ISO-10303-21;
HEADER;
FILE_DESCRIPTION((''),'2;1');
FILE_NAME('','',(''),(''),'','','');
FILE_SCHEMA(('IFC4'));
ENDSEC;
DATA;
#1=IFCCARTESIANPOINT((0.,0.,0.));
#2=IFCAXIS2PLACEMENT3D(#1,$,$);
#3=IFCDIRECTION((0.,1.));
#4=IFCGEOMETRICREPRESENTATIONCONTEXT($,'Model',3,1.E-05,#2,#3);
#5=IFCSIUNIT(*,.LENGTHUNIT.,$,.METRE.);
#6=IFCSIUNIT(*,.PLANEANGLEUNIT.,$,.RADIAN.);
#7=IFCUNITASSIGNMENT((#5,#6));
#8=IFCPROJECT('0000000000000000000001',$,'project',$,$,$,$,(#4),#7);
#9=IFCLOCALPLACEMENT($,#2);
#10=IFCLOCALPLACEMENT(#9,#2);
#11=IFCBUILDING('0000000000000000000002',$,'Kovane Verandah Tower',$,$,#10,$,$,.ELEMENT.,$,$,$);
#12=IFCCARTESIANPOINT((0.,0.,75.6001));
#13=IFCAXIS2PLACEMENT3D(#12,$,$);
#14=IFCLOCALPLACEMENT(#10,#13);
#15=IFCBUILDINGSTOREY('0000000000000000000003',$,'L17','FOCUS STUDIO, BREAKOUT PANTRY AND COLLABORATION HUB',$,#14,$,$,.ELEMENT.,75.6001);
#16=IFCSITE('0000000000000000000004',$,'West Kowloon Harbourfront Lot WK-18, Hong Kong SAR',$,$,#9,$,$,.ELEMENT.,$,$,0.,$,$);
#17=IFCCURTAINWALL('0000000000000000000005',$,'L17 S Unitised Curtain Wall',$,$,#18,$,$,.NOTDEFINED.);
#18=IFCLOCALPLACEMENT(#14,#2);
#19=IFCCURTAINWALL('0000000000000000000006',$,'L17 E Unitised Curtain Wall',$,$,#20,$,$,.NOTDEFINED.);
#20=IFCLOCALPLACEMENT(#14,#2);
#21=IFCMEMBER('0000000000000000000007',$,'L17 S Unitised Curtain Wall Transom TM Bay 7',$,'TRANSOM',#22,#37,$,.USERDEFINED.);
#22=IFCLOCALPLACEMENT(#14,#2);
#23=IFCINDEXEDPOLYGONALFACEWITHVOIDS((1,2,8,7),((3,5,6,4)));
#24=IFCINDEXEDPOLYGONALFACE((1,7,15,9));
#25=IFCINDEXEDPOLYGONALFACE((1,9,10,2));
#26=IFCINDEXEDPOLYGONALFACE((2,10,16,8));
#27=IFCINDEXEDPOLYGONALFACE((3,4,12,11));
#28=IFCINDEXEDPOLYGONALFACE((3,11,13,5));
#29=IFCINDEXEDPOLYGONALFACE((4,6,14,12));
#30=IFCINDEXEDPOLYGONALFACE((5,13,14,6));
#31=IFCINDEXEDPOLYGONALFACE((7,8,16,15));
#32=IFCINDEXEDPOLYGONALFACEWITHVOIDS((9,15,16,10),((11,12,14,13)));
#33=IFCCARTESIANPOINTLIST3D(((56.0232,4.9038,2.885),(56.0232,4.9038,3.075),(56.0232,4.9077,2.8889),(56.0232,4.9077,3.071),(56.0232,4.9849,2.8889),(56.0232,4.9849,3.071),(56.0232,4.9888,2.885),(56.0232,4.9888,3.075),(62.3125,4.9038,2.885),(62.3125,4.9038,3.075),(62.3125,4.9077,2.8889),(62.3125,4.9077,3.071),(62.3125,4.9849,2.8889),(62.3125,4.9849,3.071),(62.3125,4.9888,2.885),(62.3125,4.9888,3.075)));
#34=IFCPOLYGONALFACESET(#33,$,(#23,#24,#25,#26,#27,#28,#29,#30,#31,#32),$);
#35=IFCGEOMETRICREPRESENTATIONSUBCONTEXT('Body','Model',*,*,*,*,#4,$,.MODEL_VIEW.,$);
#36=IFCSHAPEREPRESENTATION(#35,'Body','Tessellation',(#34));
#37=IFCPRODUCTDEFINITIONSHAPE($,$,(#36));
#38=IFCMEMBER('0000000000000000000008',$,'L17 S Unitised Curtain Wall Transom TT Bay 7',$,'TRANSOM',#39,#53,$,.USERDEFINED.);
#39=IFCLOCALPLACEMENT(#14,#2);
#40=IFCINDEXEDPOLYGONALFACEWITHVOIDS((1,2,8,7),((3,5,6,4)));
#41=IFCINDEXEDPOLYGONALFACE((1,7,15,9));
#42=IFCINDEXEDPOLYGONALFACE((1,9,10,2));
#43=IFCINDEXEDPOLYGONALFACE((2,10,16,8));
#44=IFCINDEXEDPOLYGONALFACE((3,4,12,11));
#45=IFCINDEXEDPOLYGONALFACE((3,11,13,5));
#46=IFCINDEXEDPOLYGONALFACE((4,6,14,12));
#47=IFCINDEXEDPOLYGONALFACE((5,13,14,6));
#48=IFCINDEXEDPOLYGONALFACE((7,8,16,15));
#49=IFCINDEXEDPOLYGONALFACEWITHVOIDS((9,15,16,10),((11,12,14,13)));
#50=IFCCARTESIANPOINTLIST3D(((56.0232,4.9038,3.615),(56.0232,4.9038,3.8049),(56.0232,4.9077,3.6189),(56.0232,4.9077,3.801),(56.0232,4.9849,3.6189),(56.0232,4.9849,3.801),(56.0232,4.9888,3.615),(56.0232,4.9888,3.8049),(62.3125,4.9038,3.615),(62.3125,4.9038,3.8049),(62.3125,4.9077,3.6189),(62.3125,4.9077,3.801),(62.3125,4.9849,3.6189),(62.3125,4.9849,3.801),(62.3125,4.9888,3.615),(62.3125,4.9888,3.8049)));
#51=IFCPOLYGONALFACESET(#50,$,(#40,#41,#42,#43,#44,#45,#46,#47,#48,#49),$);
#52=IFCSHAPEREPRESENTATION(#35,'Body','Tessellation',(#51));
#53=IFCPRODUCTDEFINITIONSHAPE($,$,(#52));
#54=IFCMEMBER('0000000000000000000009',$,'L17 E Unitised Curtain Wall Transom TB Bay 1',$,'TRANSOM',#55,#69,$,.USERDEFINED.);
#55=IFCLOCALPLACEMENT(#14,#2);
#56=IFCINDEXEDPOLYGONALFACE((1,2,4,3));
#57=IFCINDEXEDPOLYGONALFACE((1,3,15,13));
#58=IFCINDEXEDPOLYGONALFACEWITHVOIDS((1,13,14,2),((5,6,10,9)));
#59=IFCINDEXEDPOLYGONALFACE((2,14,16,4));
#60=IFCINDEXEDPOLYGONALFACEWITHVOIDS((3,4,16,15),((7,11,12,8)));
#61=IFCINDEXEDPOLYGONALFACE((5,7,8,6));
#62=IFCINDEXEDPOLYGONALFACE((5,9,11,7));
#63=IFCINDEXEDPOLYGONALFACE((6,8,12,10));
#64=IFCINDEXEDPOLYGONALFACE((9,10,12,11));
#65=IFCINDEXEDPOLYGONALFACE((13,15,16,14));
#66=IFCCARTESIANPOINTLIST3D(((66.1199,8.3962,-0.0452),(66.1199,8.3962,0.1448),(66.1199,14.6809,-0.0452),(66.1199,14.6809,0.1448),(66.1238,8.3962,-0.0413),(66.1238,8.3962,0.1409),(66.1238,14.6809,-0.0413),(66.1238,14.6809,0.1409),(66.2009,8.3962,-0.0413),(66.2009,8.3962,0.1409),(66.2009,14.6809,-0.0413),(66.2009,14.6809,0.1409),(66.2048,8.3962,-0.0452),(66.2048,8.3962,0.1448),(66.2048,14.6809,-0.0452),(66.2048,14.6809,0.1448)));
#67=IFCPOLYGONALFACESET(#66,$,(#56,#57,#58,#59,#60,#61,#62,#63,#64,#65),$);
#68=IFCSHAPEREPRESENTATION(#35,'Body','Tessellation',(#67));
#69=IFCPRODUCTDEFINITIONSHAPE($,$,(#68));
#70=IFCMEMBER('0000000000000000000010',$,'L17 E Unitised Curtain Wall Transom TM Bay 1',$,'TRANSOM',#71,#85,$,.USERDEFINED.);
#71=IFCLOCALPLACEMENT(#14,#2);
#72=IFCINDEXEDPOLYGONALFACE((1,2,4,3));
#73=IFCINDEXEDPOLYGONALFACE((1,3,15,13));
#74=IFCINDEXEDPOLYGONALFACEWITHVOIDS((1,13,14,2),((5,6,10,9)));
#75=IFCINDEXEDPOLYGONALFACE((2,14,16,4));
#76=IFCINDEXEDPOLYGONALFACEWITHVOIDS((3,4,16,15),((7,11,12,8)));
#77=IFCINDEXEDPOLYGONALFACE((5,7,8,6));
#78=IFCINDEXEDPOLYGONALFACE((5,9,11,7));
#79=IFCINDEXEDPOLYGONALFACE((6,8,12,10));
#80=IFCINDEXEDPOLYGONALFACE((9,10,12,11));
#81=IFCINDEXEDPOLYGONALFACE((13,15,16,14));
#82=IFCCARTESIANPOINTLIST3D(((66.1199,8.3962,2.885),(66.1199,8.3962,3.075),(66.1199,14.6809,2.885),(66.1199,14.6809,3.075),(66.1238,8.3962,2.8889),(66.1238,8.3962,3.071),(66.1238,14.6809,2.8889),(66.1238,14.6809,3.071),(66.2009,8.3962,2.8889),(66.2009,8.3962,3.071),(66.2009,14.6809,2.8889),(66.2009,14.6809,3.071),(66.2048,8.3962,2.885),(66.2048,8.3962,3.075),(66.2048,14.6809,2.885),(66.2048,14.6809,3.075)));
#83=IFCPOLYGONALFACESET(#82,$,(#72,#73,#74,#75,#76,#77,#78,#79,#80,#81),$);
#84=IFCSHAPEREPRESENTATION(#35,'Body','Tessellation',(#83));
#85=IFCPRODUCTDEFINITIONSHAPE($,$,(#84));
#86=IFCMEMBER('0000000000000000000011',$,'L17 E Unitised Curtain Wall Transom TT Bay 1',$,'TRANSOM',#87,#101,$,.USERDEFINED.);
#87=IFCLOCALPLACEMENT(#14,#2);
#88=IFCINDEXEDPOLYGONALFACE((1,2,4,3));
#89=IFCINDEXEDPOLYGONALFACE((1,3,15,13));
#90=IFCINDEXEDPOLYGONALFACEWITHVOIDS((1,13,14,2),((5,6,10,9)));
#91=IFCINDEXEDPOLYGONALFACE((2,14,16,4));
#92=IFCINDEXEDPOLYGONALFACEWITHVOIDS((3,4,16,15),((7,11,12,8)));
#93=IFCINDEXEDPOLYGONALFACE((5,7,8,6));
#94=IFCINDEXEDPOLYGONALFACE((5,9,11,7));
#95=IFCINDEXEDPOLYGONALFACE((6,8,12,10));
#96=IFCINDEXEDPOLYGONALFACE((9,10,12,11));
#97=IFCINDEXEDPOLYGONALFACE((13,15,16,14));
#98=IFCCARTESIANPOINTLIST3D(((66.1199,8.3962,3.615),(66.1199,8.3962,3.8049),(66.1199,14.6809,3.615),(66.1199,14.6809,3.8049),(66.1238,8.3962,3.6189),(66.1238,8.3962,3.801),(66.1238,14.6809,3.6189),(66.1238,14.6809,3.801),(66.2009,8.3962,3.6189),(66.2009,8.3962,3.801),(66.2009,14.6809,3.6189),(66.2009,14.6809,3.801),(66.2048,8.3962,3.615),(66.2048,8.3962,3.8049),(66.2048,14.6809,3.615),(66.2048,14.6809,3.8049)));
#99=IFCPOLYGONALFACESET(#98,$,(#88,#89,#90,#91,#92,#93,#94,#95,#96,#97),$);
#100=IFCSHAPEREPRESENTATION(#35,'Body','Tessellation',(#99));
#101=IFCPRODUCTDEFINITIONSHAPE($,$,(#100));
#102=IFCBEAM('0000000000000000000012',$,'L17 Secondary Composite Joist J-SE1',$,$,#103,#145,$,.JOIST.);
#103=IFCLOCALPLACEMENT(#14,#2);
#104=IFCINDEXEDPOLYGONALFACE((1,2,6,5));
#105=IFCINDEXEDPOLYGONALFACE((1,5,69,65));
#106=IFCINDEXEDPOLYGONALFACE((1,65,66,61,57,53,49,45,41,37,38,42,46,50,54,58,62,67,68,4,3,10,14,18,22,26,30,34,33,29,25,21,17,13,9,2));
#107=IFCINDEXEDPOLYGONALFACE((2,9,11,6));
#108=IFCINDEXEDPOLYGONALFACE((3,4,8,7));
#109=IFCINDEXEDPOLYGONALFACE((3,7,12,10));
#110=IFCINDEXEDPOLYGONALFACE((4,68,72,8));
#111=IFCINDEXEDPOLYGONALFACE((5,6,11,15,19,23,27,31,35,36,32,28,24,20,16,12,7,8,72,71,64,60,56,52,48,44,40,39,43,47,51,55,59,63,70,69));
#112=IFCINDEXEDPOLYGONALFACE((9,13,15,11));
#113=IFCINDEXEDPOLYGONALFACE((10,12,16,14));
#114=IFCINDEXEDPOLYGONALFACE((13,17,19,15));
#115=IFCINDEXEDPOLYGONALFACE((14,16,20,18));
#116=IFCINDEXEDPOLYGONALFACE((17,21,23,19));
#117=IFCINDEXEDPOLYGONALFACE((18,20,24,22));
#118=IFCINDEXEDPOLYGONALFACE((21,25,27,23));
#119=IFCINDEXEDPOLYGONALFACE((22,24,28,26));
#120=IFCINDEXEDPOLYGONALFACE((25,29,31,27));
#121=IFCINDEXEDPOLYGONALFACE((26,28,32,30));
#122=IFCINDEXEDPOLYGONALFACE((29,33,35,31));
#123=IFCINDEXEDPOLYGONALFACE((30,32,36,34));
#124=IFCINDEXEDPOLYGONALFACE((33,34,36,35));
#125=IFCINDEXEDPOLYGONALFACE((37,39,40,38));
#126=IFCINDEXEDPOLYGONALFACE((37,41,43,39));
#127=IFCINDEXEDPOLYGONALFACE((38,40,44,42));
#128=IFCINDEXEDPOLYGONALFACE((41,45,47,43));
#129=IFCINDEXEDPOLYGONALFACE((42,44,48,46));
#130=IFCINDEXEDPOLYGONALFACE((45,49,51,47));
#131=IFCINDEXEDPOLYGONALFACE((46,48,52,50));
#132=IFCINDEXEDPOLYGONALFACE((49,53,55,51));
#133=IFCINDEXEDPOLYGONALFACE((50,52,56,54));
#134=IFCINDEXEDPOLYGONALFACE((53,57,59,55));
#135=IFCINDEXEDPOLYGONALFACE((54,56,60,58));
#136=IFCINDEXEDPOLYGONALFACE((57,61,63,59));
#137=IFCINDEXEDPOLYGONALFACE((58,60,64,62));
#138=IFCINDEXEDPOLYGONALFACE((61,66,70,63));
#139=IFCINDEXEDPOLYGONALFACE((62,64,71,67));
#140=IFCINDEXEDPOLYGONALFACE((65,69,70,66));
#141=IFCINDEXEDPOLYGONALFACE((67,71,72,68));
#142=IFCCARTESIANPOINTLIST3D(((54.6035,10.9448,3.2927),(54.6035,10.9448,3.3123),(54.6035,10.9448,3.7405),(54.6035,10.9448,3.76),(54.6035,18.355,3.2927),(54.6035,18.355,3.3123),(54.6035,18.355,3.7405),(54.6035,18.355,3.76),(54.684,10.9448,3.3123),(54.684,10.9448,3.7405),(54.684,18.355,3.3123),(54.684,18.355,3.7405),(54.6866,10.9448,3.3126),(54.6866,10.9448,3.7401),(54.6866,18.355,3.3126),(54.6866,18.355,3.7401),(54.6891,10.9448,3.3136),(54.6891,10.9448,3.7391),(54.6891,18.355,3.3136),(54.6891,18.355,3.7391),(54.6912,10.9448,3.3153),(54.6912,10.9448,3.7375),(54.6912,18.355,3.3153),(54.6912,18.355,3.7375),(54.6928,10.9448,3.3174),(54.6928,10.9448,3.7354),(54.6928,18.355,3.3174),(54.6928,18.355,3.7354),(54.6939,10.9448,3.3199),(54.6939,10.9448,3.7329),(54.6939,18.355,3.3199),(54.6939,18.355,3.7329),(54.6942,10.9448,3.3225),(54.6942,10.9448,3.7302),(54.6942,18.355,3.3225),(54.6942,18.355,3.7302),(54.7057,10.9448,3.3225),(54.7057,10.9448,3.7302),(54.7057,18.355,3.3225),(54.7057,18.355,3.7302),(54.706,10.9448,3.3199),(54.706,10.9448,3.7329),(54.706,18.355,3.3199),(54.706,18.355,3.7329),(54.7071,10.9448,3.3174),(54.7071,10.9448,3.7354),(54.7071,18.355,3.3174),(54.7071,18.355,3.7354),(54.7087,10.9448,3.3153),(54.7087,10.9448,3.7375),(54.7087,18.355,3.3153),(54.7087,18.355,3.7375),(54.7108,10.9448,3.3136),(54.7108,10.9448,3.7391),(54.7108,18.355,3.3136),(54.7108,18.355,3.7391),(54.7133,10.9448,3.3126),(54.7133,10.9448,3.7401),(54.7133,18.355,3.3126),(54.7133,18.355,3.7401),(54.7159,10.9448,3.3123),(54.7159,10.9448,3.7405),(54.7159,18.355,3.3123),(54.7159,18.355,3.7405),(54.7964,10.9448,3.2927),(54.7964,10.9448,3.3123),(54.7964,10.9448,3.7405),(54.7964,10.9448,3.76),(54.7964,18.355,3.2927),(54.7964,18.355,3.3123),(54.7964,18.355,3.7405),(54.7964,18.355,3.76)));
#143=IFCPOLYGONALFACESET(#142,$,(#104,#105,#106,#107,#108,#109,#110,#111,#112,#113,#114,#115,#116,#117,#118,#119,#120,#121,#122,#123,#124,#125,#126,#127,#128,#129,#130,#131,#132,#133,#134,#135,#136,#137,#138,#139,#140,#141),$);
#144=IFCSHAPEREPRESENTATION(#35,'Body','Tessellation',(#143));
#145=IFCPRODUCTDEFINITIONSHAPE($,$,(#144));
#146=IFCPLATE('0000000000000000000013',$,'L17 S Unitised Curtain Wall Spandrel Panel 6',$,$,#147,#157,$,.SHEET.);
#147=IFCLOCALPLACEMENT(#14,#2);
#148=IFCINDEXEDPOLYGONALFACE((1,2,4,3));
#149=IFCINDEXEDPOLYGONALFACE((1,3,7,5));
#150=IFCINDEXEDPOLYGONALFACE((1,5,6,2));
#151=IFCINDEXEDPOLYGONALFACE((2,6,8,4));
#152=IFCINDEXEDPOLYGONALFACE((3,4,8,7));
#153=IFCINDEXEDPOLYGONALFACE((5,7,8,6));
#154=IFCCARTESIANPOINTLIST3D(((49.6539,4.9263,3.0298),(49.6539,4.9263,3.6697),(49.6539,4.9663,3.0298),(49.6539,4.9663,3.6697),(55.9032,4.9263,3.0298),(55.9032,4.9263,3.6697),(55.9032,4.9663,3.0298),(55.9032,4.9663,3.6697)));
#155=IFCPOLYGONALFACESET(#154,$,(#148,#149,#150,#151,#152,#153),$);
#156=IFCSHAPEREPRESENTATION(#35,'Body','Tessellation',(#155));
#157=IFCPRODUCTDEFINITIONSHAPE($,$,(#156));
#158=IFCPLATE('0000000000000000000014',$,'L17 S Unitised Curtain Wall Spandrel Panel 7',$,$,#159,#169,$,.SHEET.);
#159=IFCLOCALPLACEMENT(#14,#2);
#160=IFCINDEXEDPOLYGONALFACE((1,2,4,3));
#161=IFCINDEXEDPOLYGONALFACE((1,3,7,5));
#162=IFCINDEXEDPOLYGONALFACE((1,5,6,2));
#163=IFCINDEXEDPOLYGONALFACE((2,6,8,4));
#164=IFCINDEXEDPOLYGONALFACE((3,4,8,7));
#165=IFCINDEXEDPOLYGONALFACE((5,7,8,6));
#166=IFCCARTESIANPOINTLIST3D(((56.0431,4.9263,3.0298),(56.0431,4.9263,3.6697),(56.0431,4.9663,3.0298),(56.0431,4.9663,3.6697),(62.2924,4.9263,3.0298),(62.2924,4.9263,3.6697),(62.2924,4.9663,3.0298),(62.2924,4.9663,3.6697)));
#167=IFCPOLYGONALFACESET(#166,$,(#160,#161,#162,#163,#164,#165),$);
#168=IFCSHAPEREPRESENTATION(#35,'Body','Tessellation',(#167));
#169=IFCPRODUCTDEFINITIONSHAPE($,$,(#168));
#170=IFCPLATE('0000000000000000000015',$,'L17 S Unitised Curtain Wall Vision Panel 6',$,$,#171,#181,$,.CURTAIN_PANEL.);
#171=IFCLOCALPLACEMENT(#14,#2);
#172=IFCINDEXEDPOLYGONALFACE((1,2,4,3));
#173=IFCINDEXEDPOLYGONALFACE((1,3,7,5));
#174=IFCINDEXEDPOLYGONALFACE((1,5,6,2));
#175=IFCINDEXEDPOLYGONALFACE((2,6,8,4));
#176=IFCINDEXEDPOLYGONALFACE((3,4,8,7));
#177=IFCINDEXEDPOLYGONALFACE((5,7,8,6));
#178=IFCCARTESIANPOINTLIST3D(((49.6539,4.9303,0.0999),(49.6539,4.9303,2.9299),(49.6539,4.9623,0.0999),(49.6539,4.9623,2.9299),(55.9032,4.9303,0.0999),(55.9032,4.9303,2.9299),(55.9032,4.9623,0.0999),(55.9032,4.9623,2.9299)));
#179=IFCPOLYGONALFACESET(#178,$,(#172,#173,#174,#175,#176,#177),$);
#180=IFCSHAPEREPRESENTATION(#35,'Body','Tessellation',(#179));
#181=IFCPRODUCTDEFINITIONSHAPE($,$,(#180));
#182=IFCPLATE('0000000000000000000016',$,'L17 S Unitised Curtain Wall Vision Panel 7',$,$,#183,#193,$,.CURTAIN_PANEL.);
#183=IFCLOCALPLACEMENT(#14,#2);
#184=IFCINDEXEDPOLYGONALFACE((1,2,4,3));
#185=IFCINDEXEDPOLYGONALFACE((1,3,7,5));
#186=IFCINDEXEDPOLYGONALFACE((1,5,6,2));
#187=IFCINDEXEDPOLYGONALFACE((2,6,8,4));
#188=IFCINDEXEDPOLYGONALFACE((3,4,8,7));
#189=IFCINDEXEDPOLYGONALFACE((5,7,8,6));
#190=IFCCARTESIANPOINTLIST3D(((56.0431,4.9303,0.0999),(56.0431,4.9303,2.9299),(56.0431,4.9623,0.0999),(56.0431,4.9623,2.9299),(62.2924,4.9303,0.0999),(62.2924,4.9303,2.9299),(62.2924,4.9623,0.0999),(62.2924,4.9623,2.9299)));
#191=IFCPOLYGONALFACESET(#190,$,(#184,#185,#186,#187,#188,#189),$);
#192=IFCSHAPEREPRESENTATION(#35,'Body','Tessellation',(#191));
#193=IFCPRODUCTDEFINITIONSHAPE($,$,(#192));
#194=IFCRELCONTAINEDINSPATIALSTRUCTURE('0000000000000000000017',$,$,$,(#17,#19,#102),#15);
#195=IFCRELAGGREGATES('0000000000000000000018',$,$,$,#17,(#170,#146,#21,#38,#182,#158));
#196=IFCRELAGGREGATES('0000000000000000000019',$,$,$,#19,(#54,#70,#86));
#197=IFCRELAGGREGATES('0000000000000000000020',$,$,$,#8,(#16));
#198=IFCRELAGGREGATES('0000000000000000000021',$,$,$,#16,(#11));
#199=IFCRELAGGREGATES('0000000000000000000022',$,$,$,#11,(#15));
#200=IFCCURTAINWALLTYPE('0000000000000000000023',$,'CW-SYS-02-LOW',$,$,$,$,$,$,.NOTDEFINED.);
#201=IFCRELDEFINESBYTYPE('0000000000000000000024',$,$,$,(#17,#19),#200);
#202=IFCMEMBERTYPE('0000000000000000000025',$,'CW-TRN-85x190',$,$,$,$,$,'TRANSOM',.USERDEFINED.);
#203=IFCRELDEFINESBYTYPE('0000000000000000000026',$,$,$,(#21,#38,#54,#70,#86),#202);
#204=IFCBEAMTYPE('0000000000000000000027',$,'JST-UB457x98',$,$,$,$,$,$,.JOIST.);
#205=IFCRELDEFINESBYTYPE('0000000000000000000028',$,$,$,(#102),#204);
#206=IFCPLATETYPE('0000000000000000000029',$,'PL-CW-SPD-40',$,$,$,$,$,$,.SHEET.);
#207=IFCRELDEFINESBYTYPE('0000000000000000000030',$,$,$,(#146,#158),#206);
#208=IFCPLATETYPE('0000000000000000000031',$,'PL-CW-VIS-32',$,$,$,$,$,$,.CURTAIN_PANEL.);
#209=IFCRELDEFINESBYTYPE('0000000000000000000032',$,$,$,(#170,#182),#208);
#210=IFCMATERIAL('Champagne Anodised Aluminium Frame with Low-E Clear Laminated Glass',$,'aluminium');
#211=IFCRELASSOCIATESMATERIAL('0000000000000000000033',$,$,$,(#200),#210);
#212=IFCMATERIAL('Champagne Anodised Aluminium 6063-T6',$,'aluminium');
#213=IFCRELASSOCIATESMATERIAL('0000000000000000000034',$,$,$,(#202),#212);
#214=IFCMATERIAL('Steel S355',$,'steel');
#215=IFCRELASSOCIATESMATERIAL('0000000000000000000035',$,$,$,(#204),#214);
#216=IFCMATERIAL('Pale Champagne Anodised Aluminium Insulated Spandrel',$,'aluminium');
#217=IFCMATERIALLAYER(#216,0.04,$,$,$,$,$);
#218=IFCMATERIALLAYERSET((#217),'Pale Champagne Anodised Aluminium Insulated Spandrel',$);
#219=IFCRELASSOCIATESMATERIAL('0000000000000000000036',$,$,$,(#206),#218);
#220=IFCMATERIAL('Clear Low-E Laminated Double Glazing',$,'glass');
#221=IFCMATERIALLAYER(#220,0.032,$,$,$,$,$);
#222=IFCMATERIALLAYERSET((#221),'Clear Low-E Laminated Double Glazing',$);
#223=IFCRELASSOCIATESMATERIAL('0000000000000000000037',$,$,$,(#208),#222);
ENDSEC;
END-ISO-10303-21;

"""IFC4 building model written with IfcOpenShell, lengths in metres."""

from ifc_helpers import new_model, si_unit, direction, frame, origin, origin_2d, place, context, subcontext, project, spatial, rectangle, hollow_rectangle, i_section, extrude, material, layer, layer_set, material_profile, profile_set, type_object, element, aggregate, save


model = new_model("IFC4")

# Units and contexts
model_context = context("Model", 3, precision=1e-05, world=origin(), true_north=direction((0.0, 1.0)))
body_context = subcontext(model_context, "Body", "Model", "MODEL_VIEW")
ifc_project = project(units=[si_unit("LENGTHUNIT", "METRE"), si_unit("PLANEANGLEUNIT", "RADIAN")], contexts=[model_context])

# Site, building, storey
site_placement = place(None, origin())
site = spatial("IfcSite", under=ifc_project, at=site_placement, Name="West Kowloon Harbourfront Lot WK-18, Hong Kong SAR", CompositionType="ELEMENT", RefElevation=0.0)
building_placement = place(site_placement, origin())
building = spatial("IfcBuilding", under=site, at=building_placement, Name="Kovane Verandah Tower", CompositionType="ELEMENT")
storey_placement = place(building_placement, frame((0.0, 0.0, 75.6001)))
storey = spatial("IfcBuildingStorey", under=building, at=storey_placement, Name="L17", Description="FOCUS STUDIO, BREAKOUT PANTRY AND COLLABORATION HUB", CompositionType="ELEMENT", Elevation=75.6001)

# Shared definitions
ifc_material_1 = material(Name="Steel S355", Category="steel")

# Curtain wall
ifc_material_2 = material(Name="Champagne Anodised Aluminium Frame with Low-E Clear Laminated Glass", Category="aluminium")
curtain_wall_type = type_object("IfcCurtainWallType", Name="CW-SYS-02-LOW", PredefinedType="NOTDEFINED", material=ifc_material_2)
curtain_wall_1_placement = place(storey_placement, origin())
curtain_wall_1 = element("IfcCurtainWall", 1, at=curtain_wall_1_placement, inside=storey, type_object=curtain_wall_type, Name="L17 S Unitised Curtain Wall", PredefinedType="NOTDEFINED")
ifc_material_3 = material(Name="Champagne Anodised Aluminium 6063-T6", Category="aluminium")

# Curtain wall
curtain_wall_2_placement = place(storey_placement, origin())
curtain_wall_2 = element("IfcCurtainWall", 2, at=curtain_wall_2_placement, inside=storey, type_object=curtain_wall_type, Name="L17 E Unitised Curtain Wall", PredefinedType="NOTDEFINED")

# Members
ifc_material_profile_1 = material_profile(ifc_material_3, hollow_rectangle(XDim=0.085, YDim=0.1899, WallThickness=0.0039, at=origin_2d()), Name="AL85x190x4")
ifc_profile_set_1 = profile_set([ifc_material_profile_1], Name="Champagne Anodised Aluminium 6063-T6")
member_type_1 = type_object("IfcMemberType", Name="CW-TRN-85x190", ElementType="TRANSOM", PredefinedType="USERDEFINED", material=ifc_profile_set_1)
member_1_placement = place(storey_placement, frame((56.0232, 4.9463, 2.98), z_axis=(1.0, 0.0, 0.0), x_axis=(0.0, 1.0, 0.0)))
member_1 = element("IfcMember", 3, at=member_1_placement, type_object=member_type_1, Name="L17 S Unitised Curtain Wall Transom TM Bay 7", ObjectType="TRANSOM", PredefinedType="USERDEFINED", context=body_context, shape_type="SweptSolid", body=[
    extrude(hollow_rectangle(XDim=0.085, YDim=0.1899, WallThickness=0.0039, at=origin_2d()), origin(), (0.0, 0.0, 1.0), 6.2893),
])
member_2_placement = place(storey_placement, frame((56.0232, 4.9463, 3.71), z_axis=(1.0, 0.0, 0.0), x_axis=(0.0, 1.0, 0.0)))
member_2 = element("IfcMember", 4, at=member_2_placement, type_object=member_type_1, Name="L17 S Unitised Curtain Wall Transom TT Bay 7", ObjectType="TRANSOM", PredefinedType="USERDEFINED", context=body_context, shape_type="SweptSolid", body=[
    extrude(hollow_rectangle(XDim=0.085, YDim=0.1899, WallThickness=0.0039, at=origin_2d()), origin(), (0.0, 0.0, 1.0), 6.2893),
])
member_3_placement = place(storey_placement, frame((66.1624, 8.3962, 0.0498), z_axis=(0.0, 1.0, 0.0), x_axis=(-1.0, 0.0, 0.0)))
member_3 = element("IfcMember", 5, at=member_3_placement, type_object=member_type_1, Name="L17 E Unitised Curtain Wall Transom TB Bay 1", ObjectType="TRANSOM", PredefinedType="USERDEFINED", context=body_context, shape_type="SweptSolid", body=[
    extrude(hollow_rectangle(XDim=0.085, YDim=0.1899, WallThickness=0.0039, at=origin_2d()), origin(), (0.0, 0.0, 1.0), 6.2847),
])
member_4_placement = place(storey_placement, frame((66.1624, 8.3962, 2.98), z_axis=(0.0, 1.0, 0.0), x_axis=(-1.0, 0.0, 0.0)))
member_4 = element("IfcMember", 6, at=member_4_placement, type_object=member_type_1, Name="L17 E Unitised Curtain Wall Transom TM Bay 1", ObjectType="TRANSOM", PredefinedType="USERDEFINED", context=body_context, shape_type="SweptSolid", body=[
    extrude(hollow_rectangle(XDim=0.085, YDim=0.1899, WallThickness=0.0039, at=origin_2d()), origin(), (0.0, 0.0, 1.0), 6.2847),
])
member_5_placement = place(storey_placement, frame((66.1624, 8.3962, 3.71), z_axis=(0.0, 1.0, 0.0), x_axis=(-1.0, 0.0, 0.0)))
member_5 = element("IfcMember", 7, at=member_5_placement, type_object=member_type_1, Name="L17 E Unitised Curtain Wall Transom TT Bay 1", ObjectType="TRANSOM", PredefinedType="USERDEFINED", context=body_context, shape_type="SweptSolid", body=[
    extrude(hollow_rectangle(XDim=0.085, YDim=0.1899, WallThickness=0.0039, at=origin_2d()), origin(), (0.0, 0.0, 1.0), 6.2847),
])

# Beam
ifc_material_profile_2 = material_profile(ifc_material_1, i_section(OverallWidth=0.1929, OverallDepth=0.4673, WebThickness=0.0115, FlangeThickness=0.0195, FilletRadius=0.0103, at=origin_2d()), Name="UB457x191x98")
ifc_profile_set_2 = profile_set([ifc_material_profile_2], Name="Steel S355")
beam_type_1 = type_object("IfcBeamType", Name="JST-UB457x98", PredefinedType="JOIST", material=ifc_profile_set_2)
beam_1_placement = place(storey_placement, frame((54.7, 10.9448, 3.5264), z_axis=(0.0, 1.0, 0.0), x_axis=(-1.0, 0.0, 0.0)))
element("IfcBeam", 8, at=beam_1_placement, inside=storey, type_object=beam_type_1, Name="L17 Secondary Composite Joist J-SE1", PredefinedType="JOIST", context=body_context, shape_type="SweptSolid", body=[
    extrude(i_section(OverallWidth=0.1929, OverallDepth=0.4673, WebThickness=0.0115, FlangeThickness=0.0195, FilletRadius=0.0103, at=origin_2d()), origin(), (0.0, 0.0, 1.0), 7.4102),
])

# Plates
ifc_material_4 = material(Name="Pale Champagne Anodised Aluminium Insulated Spandrel", Category="aluminium")
ifc_layer_1 = layer(ifc_material_4, 0.04)
ifc_layer_set_1 = layer_set([ifc_layer_1], Name="Pale Champagne Anodised Aluminium Insulated Spandrel")
plate_type_1 = type_object("IfcPlateType", Name="PL-CW-SPD-40", PredefinedType="SHEET", material=ifc_layer_set_1)
plate_1_placement = place(storey_placement, frame((52.7786, 4.9463, 3.0298), z_axis=(0.0, 0.0, 1.0), x_axis=(1.0, 0.0, 0.0)))
plate_1 = element("IfcPlate", 9, at=plate_1_placement, type_object=plate_type_1, Name="L17 S Unitised Curtain Wall Spandrel Panel 6", PredefinedType="SHEET", context=body_context, shape_type="SweptSolid", body=[
    extrude(rectangle(XDim=6.2493, YDim=0.04, at=origin_2d()), origin(), (0.0, 0.0, 1.0), 0.6399),
])
plate_2_placement = place(storey_placement, frame((59.1677, 4.9463, 3.0298), z_axis=(0.0, 0.0, 1.0), x_axis=(1.0, 0.0, 0.0)))
plate_2 = element("IfcPlate", 10, at=plate_2_placement, type_object=plate_type_1, Name="L17 S Unitised Curtain Wall Spandrel Panel 7", PredefinedType="SHEET", context=body_context, shape_type="SweptSolid", body=[
    extrude(rectangle(XDim=6.2493, YDim=0.04, at=origin_2d()), origin(), (0.0, 0.0, 1.0), 0.6399),
])
ifc_material_5 = material(Name="Clear Low-E Laminated Double Glazing", Category="glass")
ifc_layer_2 = layer(ifc_material_5, 0.032)
ifc_layer_set_2 = layer_set([ifc_layer_2], Name="Clear Low-E Laminated Double Glazing")
plate_type_2 = type_object("IfcPlateType", Name="PL-CW-VIS-32", PredefinedType="CURTAIN_PANEL", material=ifc_layer_set_2)
plate_3_placement = place(storey_placement, frame((52.7786, 4.9463, 0.0999), z_axis=(0.0, 0.0, 1.0), x_axis=(1.0, 0.0, 0.0)))
plate_3 = element("IfcPlate", 11, at=plate_3_placement, type_object=plate_type_2, Name="L17 S Unitised Curtain Wall Vision Panel 6", PredefinedType="CURTAIN_PANEL", context=body_context, shape_type="SweptSolid", body=[
    extrude(rectangle(XDim=6.2493, YDim=0.032, at=origin_2d()), origin(), (0.0, 0.0, 1.0), 2.8301),
])
plate_4_placement = place(storey_placement, frame((59.1677, 4.9463, 0.0999), z_axis=(0.0, 0.0, 1.0), x_axis=(1.0, 0.0, 0.0)))
plate_4 = element("IfcPlate", 12, at=plate_4_placement, type_object=plate_type_2, Name="L17 S Unitised Curtain Wall Vision Panel 7", PredefinedType="CURTAIN_PANEL", context=body_context, shape_type="SweptSolid", body=[
    extrude(rectangle(XDim=6.2493, YDim=0.032, at=origin_2d()), origin(), (0.0, 0.0, 1.0), 2.8301),
])
aggregate(curtain_wall_1, [plate_3, plate_1, member_1, member_2, plate_4, plate_2])
aggregate(curtain_wall_2, [member_3, member_4, member_5])

save(model, "model.ifc")
